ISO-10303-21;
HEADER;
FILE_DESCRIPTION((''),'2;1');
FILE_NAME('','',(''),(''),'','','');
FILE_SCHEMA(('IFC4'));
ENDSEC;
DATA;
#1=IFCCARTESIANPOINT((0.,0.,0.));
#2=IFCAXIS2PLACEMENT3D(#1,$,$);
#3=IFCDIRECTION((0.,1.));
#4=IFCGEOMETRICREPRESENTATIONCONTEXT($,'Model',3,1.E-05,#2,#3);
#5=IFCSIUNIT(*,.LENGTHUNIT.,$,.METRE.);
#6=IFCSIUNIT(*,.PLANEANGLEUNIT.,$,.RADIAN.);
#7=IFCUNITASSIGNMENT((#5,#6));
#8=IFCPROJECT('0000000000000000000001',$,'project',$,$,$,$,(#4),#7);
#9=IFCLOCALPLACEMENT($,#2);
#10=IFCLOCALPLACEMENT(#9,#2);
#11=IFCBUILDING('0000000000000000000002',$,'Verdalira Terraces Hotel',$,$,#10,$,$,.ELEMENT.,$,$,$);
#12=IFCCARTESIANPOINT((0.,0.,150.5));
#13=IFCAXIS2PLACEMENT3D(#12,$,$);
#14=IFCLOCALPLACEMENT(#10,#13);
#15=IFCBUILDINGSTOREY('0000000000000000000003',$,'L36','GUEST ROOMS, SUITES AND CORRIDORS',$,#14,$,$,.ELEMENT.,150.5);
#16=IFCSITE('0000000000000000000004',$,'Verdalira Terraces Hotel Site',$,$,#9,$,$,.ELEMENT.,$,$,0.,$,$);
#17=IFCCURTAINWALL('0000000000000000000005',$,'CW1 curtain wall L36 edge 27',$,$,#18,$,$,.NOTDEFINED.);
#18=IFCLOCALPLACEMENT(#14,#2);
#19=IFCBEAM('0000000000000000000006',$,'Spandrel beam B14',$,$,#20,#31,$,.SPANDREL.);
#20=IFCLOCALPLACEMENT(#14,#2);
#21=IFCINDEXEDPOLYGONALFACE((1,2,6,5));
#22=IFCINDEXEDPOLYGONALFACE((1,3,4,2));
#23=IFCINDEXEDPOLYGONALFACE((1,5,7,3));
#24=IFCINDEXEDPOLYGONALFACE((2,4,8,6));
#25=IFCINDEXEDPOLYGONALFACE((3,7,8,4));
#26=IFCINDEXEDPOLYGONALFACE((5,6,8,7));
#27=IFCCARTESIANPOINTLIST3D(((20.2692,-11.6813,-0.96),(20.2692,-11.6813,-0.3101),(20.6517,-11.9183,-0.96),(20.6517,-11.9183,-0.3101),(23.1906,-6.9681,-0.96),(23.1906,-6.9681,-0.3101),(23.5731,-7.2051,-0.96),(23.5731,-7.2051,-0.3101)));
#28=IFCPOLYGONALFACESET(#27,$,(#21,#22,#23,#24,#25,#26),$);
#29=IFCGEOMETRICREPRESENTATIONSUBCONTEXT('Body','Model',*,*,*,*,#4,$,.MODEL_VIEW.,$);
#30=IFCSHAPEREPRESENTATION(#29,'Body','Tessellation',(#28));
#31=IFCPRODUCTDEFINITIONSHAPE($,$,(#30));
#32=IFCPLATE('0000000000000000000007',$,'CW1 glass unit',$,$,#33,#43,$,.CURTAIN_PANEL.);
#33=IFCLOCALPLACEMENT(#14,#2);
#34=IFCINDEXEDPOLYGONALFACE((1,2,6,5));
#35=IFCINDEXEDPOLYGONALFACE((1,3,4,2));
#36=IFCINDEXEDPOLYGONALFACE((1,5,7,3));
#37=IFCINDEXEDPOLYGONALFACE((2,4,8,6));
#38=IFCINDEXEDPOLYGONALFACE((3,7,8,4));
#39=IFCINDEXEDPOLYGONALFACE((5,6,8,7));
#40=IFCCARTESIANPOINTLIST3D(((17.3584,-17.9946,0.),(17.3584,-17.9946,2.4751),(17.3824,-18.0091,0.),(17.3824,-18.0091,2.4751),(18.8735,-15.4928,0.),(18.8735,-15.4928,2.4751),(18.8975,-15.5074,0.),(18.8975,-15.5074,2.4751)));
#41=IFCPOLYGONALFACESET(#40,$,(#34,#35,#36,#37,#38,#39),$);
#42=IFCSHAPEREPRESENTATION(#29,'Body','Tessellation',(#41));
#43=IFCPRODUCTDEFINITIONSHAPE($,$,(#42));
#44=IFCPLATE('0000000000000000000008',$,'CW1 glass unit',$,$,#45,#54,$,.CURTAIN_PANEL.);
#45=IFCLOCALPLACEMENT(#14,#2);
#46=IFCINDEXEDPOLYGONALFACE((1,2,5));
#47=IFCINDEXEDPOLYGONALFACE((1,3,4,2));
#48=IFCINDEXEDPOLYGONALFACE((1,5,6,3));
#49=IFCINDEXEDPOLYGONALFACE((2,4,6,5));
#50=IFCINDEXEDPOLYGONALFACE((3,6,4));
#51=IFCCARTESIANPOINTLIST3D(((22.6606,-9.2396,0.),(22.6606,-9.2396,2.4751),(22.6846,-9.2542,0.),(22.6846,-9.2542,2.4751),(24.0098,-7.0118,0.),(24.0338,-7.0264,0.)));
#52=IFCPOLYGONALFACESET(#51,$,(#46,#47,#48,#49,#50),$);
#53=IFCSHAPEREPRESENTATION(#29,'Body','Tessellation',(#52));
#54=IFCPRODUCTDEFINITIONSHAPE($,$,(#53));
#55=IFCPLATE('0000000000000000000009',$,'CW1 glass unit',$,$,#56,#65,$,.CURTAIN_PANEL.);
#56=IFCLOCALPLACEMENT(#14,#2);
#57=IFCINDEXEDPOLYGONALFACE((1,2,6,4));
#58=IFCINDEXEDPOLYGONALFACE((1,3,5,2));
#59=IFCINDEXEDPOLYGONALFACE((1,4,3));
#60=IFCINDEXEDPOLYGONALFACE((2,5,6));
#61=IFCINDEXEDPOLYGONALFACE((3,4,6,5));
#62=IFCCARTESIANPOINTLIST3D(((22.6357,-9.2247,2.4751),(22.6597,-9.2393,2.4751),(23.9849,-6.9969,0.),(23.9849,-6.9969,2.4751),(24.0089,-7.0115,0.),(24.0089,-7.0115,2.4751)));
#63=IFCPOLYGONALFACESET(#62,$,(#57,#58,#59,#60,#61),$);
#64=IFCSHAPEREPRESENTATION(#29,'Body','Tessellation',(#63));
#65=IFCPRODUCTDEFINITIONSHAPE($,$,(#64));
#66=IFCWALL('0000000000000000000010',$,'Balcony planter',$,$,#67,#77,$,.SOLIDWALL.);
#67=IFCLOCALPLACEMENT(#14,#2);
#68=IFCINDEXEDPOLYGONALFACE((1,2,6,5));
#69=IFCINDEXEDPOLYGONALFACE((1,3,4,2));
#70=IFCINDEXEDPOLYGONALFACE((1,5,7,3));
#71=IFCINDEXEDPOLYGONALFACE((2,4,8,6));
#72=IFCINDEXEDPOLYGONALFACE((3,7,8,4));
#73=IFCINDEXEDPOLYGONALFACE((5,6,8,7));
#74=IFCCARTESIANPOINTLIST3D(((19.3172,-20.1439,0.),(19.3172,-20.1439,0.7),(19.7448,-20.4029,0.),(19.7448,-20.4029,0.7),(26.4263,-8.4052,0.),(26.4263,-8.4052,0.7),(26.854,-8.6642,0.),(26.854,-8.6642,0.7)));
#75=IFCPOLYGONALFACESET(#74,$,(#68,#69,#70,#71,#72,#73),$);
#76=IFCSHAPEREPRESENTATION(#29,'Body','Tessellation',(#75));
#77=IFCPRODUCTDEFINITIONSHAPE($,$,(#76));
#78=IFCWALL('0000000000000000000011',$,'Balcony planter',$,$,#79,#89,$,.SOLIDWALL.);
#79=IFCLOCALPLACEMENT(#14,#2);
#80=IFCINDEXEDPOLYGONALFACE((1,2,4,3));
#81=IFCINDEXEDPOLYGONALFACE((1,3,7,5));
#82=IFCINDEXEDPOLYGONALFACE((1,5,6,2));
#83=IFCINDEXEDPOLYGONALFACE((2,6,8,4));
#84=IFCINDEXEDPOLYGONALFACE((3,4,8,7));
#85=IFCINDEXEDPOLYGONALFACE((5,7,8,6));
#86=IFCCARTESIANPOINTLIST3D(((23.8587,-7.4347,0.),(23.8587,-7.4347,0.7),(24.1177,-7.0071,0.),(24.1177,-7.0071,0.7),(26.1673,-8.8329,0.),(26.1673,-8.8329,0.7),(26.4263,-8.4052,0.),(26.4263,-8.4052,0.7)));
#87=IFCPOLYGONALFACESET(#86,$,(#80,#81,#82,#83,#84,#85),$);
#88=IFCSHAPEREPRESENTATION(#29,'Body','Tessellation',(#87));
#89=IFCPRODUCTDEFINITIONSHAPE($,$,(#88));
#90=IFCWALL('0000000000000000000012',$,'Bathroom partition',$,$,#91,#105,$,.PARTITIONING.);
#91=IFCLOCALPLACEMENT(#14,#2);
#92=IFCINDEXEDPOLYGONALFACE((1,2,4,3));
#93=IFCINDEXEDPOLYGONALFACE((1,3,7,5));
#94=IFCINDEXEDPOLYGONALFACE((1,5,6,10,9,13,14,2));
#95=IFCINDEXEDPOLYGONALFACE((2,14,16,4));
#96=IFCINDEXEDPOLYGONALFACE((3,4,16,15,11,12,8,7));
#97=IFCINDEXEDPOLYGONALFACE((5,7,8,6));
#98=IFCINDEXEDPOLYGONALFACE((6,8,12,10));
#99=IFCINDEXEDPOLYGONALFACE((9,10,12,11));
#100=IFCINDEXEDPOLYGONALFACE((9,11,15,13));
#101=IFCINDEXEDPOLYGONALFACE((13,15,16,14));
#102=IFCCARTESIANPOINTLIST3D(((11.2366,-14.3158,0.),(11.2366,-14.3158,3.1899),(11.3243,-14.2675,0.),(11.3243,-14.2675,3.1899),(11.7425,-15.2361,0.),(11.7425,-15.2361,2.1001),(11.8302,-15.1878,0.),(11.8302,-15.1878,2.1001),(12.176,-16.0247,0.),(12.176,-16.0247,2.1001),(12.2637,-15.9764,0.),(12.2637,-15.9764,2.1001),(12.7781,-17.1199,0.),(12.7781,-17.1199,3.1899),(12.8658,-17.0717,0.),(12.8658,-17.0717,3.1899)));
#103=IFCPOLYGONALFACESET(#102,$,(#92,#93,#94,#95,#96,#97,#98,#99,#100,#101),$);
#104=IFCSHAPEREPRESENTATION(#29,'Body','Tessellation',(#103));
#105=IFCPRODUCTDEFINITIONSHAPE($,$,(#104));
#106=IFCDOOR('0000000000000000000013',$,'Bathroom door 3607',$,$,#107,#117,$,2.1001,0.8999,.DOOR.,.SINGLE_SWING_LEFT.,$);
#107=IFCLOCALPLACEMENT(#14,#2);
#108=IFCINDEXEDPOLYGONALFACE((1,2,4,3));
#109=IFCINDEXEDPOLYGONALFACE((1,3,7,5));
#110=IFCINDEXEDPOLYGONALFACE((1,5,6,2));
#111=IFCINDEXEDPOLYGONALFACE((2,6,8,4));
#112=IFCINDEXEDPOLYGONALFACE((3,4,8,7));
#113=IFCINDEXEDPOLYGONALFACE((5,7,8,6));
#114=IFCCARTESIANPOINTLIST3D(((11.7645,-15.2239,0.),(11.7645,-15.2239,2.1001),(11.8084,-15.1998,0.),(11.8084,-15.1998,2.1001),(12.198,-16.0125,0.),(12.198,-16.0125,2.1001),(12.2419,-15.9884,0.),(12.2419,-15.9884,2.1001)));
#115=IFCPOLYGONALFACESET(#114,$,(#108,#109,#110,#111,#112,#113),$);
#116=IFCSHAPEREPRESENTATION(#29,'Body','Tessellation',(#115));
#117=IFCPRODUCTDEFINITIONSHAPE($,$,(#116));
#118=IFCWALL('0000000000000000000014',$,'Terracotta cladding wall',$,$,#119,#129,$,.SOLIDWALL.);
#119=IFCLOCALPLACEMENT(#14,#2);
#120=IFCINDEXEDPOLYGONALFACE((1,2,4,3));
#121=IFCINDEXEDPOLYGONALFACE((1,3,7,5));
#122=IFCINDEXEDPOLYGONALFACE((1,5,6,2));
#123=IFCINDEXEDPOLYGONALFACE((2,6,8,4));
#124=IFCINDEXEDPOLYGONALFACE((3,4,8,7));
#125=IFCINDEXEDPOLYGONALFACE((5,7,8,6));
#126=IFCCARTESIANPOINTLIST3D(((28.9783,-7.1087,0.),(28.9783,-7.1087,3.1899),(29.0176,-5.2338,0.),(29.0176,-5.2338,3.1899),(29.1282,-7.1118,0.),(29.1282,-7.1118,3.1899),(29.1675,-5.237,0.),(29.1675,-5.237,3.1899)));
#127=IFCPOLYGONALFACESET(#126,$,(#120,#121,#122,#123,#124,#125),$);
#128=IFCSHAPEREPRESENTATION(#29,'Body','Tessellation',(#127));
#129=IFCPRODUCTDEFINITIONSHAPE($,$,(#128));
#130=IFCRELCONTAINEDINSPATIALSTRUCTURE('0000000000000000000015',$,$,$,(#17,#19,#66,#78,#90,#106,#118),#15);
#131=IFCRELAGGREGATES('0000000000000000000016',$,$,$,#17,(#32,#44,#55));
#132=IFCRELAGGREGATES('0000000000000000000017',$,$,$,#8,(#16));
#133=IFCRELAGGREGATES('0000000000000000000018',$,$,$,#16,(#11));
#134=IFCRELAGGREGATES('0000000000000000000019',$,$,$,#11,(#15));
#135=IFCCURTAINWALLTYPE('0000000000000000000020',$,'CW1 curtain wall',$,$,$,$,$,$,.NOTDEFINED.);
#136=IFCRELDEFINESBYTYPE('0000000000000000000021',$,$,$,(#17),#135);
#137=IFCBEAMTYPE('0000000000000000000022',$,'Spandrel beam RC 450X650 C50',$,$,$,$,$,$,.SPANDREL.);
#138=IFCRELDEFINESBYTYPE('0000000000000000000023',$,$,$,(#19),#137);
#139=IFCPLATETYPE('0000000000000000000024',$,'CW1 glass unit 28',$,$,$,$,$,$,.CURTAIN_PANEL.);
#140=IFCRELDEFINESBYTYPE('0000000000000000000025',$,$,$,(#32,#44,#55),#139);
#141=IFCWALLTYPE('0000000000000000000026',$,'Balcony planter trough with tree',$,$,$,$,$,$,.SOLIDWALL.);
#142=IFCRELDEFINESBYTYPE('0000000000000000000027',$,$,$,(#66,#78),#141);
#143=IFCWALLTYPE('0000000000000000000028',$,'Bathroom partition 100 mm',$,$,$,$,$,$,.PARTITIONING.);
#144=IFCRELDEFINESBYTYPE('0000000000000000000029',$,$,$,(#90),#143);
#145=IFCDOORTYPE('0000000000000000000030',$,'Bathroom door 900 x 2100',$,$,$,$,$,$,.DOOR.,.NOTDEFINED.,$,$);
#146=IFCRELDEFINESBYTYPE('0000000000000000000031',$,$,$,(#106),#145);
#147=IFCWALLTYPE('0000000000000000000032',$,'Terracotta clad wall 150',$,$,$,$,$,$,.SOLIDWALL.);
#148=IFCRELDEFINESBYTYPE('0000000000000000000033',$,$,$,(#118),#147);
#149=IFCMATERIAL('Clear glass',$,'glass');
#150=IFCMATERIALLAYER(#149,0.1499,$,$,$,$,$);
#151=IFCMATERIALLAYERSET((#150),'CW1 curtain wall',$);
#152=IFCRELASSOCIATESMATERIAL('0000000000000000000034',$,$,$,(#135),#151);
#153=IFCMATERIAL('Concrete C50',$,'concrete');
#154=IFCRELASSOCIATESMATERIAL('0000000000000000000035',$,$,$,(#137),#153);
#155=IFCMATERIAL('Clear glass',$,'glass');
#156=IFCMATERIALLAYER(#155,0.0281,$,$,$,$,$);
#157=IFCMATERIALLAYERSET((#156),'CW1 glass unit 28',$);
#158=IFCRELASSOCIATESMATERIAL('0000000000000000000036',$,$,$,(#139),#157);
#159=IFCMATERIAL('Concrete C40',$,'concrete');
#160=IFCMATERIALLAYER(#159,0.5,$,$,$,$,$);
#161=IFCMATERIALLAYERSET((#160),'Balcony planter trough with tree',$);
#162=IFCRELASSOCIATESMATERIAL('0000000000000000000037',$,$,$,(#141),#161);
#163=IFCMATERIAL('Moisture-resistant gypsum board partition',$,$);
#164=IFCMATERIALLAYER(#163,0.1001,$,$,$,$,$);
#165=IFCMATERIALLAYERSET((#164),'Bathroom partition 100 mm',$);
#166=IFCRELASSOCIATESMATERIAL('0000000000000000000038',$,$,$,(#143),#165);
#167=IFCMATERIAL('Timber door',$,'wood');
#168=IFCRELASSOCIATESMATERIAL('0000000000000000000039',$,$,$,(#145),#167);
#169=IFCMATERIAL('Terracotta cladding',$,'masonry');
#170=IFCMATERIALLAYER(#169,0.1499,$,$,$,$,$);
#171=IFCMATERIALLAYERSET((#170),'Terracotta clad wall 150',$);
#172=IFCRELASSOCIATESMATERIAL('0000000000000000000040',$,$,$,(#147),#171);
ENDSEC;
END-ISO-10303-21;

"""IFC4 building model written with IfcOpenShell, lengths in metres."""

from ifc_helpers import new_model, si_unit, direction, frame, frame_2d, origin, origin_2d, place, context, subcontext, project, spatial, polyline, rectangle, outline, extrude, material, layer, layer_set, material_profile, profile_set, type_object, element, fill, aggregate, save


model = new_model("IFC4")

# Units and contexts
model_context = context("Model", 3, precision=1e-05, world=origin(), true_north=direction((0.0, 1.0)))
body_context = subcontext(model_context, "Body", "Model", "MODEL_VIEW")
ifc_project = project(units=[si_unit("LENGTHUNIT", "METRE"), si_unit("PLANEANGLEUNIT", "RADIAN")], contexts=[model_context])

# Site, building, storey
site_placement = place(None, origin())
site = spatial("IfcSite", under=ifc_project, at=site_placement, Name="Verdalira Terraces Hotel Site", CompositionType="ELEMENT", RefElevation=0.0)
building_placement = place(site_placement, origin())
building = spatial("IfcBuilding", under=site, at=building_placement, Name="Verdalira Terraces Hotel", CompositionType="ELEMENT")
storey_placement = place(building_placement, frame((0.0, 0.0, 150.5)))
storey = spatial("IfcBuildingStorey", under=building, at=storey_placement, Name="L36", Description="GUEST ROOMS, SUITES AND CORRIDORS", CompositionType="ELEMENT", Elevation=150.5)

# Shared definitions
ifc_material_1 = material(Name="Clear glass", Category="glass")
ifc_layer_1 = layer(ifc_material_1, 0.1499)
ifc_layer_set_1 = layer_set([ifc_layer_1], Name="CW1 curtain wall")
curtain_wall_type_1 = type_object("IfcCurtainWallType", Name="CW1 curtain wall", PredefinedType="NOTDEFINED", material=ifc_layer_set_1)

# Curtain wall
curtain_wall_1_placement = place(storey_placement, origin())
curtain_wall_1 = element("IfcCurtainWall", 1, at=curtain_wall_1_placement, inside=storey, type_object=curtain_wall_type_1, Name="CW1 curtain wall L36 edge 27", PredefinedType="NOTDEFINED")

# Beam
ifc_material_2 = material(Name="Concrete C50", Category="concrete")
ifc_material_profile_1 = material_profile(ifc_material_2, rectangle(XDim=0.45, YDim=0.6499, at=origin_2d()), Name="RC 450X650")
ifc_profile_set_1 = profile_set([ifc_material_profile_1], Name="Concrete C50")
beam_type_1 = type_object("IfcBeamType", Name="Spandrel beam RC 450X650 C50", PredefinedType="SPANDREL", material=ifc_profile_set_1)
beam_1_placement = place(storey_placement, frame((20.4604, -11.7998, -0.635), z_axis=(0.526841, 0.849964, 0.0), x_axis=(-0.849964, 0.526841, 0.0)))
element("IfcBeam", 2, at=beam_1_placement, inside=storey, type_object=beam_type_1, Name="Spandrel beam B14", PredefinedType="SPANDREL", context=body_context, shape_type="SweptSolid", body=[
    extrude(rectangle(XDim=0.45, YDim=0.6499, at=origin_2d()), origin(), (0.0, 0.0, 1.0), 5.5452),
])

# Plates
ifc_material_3 = material(Name="Clear glass", Category="glass")
ifc_layer_2 = layer(ifc_material_3, 0.0281)
ifc_layer_set_2 = layer_set([ifc_layer_2], Name="CW1 glass unit 28")
plate_type = type_object("IfcPlateType", Name="CW1 glass unit 28", PredefinedType="CURTAIN_PANEL", material=ifc_layer_set_2)
plate_1_placement = place(storey_placement, frame((18.1279, -16.751, 0.0), z_axis=(0.0, 0.0, 1.0), x_axis=(0.518027, 0.855364, 0.0)))
plate_1 = element("IfcPlate", 3, at=plate_1_placement, type_object=plate_type, Name="CW1 glass unit", PredefinedType="CURTAIN_PANEL", context=body_context, shape_type="SweptSolid", body=[
    extrude(rectangle(XDim=2.9248, YDim=0.0281, at=origin_2d()), origin(), (0.0, 0.0, 1.0), 2.4751),
])
plate_2_placement = place(storey_placement, frame((23.3352, -8.1257, 1.2375), z_axis=(0.855364, -0.518027, 0.0), x_axis=(0.518027, 0.855364, 0.0)))
plate_2 = element("IfcPlate", 4, at=plate_2_placement, type_object=plate_type, Name="CW1 glass unit", PredefinedType="CURTAIN_PANEL", context=body_context, shape_type="SweptSolid", body=[
    extrude(outline(polyline([(-1.3022, -1.2375), (1.3022, -1.2375), (-1.3022, 1.2375), (-1.3022, -1.2375)])), origin(), (0.0, 0.0, 1.0), 0.0281),
])
plate_3_placement = place(storey_placement, frame((23.3103, -8.1108, 1.2375), z_axis=(0.855364, -0.518027, 0.0), x_axis=(0.518027, 0.855364, 0.0)))
plate_3 = element("IfcPlate", 5, at=plate_3_placement, type_object=plate_type, Name="CW1 glass unit", PredefinedType="CURTAIN_PANEL", context=body_context, shape_type="SweptSolid", body=[
    extrude(outline(polyline([(1.3022, -1.2375), (1.3022, 1.2375), (-1.3022, 1.2375), (1.3022, -1.2375)])), origin(), (0.0, 0.0, 1.0), 0.0281),
])
aggregate(curtain_wall_1, [plate_1, plate_2, plate_3])

# Walls
ifc_material_4 = material(Name="Concrete C40", Category="concrete")
ifc_layer_3 = layer(ifc_material_4, 0.5)
ifc_layer_set_3 = layer_set([ifc_layer_3], Name="Balcony planter trough with tree")
wall_type_1 = type_object("IfcWallType", Name="Balcony planter trough with tree", PredefinedType="SOLIDWALL", material=ifc_layer_set_3)
wall_1_placement = place(storey_placement, frame((19.531, -20.2734, 0.0), z_axis=(0.0, 0.0, 1.0), x_axis=(0.518021, 0.855368, 0.0)))
element("IfcWall", 6, at=wall_1_placement, inside=storey, type_object=wall_type_1, Name="Balcony planter", PredefinedType="SOLIDWALL", context=body_context, shape_type="SweptSolid", body=[
    extrude(rectangle(XDim=13.7236, YDim=0.5, at=frame_2d((6.8618, 0.0))), origin(), (0.0, 0.0, 1.0), 0.7),
])
wall_2_placement = place(storey_placement, frame((26.2969, -8.6191, 0.0), z_axis=(0.0, 0.0, 1.0), x_axis=(-0.855355, 0.518043, 0.0)))
element("IfcWall", 7, at=wall_2_placement, inside=storey, type_object=wall_type_1, Name="Balcony planter", PredefinedType="SOLIDWALL", context=body_context, shape_type="SweptSolid", body=[
    extrude(rectangle(XDim=2.699, YDim=0.5, at=frame_2d((1.3496, 0.0))), origin(), (0.0, 0.0, 1.0), 0.7),
])

# Wall, opening, door
ifc_material_5 = material(Name="Moisture-resistant gypsum board partition")
ifc_layer_4 = layer(ifc_material_5, 0.1001)
ifc_layer_set_4 = layer_set([ifc_layer_4], Name="Bathroom partition 100 mm")
wall_type_2 = type_object("IfcWallType", Name="Bathroom partition 100 mm", PredefinedType="PARTITIONING", material=ifc_layer_set_4)
wall_3_placement = place(storey_placement, frame((12.822, -17.0959, 0.0), z_axis=(0.0, 0.0, 1.0), x_axis=(-0.481725, 0.876322, 0.0)))
wall_3 = element("IfcWall", 8, at=wall_3_placement, inside=storey, type_object=wall_type_2, Name="Bathroom partition", PredefinedType="PARTITIONING", context=body_context, shape_type="SweptSolid", body=[
    extrude(rectangle(XDim=3.2, YDim=0.1001, at=frame_2d((1.6001, 0.0))), origin(), (0.0, 0.0, 1.0), 3.1899),
])
opening_1_placement = place(wall_3_placement, frame((1.25, 0.0, 0.0)))
opening_1 = element("IfcOpeningElement", 9, at=opening_1_placement, cuts=wall_3, PredefinedType="OPENING", context=body_context, shape_type="SweptSolid", body=[
    extrude(rectangle(XDim=0.8999, YDim=2.1001, at=frame_2d((0.45, 1.05))), frame((0.0, 0.0601, 0.0), z_axis=(0.0, -1.0, 0.0), x_axis=(1.0, 0.0, 0.0)), (0.0, 0.0, 1.0), 0.1201),
])
ifc_material_6 = material(Name="Timber door", Category="wood")
door_type_1 = type_object("IfcDoorType", Name="Bathroom door 900 x 2100", OperationType="NOTDEFINED", PredefinedType="DOOR", material=ifc_material_6)
door_1_placement = place(opening_1_placement, origin())
door_1 = element("IfcDoor", 10, at=door_1_placement, inside=storey, type_object=door_type_1, Name="Bathroom door 3607", OperationType="SINGLE_SWING_LEFT", OverallHeight=2.1001, OverallWidth=0.8999, PredefinedType="DOOR", context=body_context, shape_type="SweptSolid", body=[
    extrude(rectangle(XDim=0.8999, YDim=2.1001, at=frame_2d((0.45, 1.05))), frame((0.0, 0.0249, 0.0), z_axis=(0.0, -1.0, 0.0), x_axis=(1.0, 0.0, 0.0)), (0.0, 0.0, 1.0), 0.05),
])
fill(opening_1, door_1)

# Wall
ifc_material_7 = material(Name="Terracotta cladding", Category="masonry")
ifc_layer_5 = layer(ifc_material_7, 0.1499)
ifc_layer_set_5 = layer_set([ifc_layer_5], Name="Terracotta clad wall 150")
wall_type_3 = type_object("IfcWallType", Name="Terracotta clad wall 150", PredefinedType="SOLIDWALL", material=ifc_layer_set_5)
wall_4_placement = place(storey_placement, frame((29.0532, -7.1101, 0.0), z_axis=(0.0, 0.0, 1.0), x_axis=(0.020962, 0.99978, 0.0)))
element("IfcWall", 11, at=wall_4_placement, inside=storey, type_object=wall_type_3, Name="Terracotta cladding wall", PredefinedType="SOLIDWALL", context=body_context, shape_type="SweptSolid", body=[
    extrude(rectangle(XDim=1.8752, YDim=0.1499, at=frame_2d((0.9375, 0.0))), origin(), (0.0, 0.0, 1.0), 3.1899),
])

save(model, "model.ifc")
